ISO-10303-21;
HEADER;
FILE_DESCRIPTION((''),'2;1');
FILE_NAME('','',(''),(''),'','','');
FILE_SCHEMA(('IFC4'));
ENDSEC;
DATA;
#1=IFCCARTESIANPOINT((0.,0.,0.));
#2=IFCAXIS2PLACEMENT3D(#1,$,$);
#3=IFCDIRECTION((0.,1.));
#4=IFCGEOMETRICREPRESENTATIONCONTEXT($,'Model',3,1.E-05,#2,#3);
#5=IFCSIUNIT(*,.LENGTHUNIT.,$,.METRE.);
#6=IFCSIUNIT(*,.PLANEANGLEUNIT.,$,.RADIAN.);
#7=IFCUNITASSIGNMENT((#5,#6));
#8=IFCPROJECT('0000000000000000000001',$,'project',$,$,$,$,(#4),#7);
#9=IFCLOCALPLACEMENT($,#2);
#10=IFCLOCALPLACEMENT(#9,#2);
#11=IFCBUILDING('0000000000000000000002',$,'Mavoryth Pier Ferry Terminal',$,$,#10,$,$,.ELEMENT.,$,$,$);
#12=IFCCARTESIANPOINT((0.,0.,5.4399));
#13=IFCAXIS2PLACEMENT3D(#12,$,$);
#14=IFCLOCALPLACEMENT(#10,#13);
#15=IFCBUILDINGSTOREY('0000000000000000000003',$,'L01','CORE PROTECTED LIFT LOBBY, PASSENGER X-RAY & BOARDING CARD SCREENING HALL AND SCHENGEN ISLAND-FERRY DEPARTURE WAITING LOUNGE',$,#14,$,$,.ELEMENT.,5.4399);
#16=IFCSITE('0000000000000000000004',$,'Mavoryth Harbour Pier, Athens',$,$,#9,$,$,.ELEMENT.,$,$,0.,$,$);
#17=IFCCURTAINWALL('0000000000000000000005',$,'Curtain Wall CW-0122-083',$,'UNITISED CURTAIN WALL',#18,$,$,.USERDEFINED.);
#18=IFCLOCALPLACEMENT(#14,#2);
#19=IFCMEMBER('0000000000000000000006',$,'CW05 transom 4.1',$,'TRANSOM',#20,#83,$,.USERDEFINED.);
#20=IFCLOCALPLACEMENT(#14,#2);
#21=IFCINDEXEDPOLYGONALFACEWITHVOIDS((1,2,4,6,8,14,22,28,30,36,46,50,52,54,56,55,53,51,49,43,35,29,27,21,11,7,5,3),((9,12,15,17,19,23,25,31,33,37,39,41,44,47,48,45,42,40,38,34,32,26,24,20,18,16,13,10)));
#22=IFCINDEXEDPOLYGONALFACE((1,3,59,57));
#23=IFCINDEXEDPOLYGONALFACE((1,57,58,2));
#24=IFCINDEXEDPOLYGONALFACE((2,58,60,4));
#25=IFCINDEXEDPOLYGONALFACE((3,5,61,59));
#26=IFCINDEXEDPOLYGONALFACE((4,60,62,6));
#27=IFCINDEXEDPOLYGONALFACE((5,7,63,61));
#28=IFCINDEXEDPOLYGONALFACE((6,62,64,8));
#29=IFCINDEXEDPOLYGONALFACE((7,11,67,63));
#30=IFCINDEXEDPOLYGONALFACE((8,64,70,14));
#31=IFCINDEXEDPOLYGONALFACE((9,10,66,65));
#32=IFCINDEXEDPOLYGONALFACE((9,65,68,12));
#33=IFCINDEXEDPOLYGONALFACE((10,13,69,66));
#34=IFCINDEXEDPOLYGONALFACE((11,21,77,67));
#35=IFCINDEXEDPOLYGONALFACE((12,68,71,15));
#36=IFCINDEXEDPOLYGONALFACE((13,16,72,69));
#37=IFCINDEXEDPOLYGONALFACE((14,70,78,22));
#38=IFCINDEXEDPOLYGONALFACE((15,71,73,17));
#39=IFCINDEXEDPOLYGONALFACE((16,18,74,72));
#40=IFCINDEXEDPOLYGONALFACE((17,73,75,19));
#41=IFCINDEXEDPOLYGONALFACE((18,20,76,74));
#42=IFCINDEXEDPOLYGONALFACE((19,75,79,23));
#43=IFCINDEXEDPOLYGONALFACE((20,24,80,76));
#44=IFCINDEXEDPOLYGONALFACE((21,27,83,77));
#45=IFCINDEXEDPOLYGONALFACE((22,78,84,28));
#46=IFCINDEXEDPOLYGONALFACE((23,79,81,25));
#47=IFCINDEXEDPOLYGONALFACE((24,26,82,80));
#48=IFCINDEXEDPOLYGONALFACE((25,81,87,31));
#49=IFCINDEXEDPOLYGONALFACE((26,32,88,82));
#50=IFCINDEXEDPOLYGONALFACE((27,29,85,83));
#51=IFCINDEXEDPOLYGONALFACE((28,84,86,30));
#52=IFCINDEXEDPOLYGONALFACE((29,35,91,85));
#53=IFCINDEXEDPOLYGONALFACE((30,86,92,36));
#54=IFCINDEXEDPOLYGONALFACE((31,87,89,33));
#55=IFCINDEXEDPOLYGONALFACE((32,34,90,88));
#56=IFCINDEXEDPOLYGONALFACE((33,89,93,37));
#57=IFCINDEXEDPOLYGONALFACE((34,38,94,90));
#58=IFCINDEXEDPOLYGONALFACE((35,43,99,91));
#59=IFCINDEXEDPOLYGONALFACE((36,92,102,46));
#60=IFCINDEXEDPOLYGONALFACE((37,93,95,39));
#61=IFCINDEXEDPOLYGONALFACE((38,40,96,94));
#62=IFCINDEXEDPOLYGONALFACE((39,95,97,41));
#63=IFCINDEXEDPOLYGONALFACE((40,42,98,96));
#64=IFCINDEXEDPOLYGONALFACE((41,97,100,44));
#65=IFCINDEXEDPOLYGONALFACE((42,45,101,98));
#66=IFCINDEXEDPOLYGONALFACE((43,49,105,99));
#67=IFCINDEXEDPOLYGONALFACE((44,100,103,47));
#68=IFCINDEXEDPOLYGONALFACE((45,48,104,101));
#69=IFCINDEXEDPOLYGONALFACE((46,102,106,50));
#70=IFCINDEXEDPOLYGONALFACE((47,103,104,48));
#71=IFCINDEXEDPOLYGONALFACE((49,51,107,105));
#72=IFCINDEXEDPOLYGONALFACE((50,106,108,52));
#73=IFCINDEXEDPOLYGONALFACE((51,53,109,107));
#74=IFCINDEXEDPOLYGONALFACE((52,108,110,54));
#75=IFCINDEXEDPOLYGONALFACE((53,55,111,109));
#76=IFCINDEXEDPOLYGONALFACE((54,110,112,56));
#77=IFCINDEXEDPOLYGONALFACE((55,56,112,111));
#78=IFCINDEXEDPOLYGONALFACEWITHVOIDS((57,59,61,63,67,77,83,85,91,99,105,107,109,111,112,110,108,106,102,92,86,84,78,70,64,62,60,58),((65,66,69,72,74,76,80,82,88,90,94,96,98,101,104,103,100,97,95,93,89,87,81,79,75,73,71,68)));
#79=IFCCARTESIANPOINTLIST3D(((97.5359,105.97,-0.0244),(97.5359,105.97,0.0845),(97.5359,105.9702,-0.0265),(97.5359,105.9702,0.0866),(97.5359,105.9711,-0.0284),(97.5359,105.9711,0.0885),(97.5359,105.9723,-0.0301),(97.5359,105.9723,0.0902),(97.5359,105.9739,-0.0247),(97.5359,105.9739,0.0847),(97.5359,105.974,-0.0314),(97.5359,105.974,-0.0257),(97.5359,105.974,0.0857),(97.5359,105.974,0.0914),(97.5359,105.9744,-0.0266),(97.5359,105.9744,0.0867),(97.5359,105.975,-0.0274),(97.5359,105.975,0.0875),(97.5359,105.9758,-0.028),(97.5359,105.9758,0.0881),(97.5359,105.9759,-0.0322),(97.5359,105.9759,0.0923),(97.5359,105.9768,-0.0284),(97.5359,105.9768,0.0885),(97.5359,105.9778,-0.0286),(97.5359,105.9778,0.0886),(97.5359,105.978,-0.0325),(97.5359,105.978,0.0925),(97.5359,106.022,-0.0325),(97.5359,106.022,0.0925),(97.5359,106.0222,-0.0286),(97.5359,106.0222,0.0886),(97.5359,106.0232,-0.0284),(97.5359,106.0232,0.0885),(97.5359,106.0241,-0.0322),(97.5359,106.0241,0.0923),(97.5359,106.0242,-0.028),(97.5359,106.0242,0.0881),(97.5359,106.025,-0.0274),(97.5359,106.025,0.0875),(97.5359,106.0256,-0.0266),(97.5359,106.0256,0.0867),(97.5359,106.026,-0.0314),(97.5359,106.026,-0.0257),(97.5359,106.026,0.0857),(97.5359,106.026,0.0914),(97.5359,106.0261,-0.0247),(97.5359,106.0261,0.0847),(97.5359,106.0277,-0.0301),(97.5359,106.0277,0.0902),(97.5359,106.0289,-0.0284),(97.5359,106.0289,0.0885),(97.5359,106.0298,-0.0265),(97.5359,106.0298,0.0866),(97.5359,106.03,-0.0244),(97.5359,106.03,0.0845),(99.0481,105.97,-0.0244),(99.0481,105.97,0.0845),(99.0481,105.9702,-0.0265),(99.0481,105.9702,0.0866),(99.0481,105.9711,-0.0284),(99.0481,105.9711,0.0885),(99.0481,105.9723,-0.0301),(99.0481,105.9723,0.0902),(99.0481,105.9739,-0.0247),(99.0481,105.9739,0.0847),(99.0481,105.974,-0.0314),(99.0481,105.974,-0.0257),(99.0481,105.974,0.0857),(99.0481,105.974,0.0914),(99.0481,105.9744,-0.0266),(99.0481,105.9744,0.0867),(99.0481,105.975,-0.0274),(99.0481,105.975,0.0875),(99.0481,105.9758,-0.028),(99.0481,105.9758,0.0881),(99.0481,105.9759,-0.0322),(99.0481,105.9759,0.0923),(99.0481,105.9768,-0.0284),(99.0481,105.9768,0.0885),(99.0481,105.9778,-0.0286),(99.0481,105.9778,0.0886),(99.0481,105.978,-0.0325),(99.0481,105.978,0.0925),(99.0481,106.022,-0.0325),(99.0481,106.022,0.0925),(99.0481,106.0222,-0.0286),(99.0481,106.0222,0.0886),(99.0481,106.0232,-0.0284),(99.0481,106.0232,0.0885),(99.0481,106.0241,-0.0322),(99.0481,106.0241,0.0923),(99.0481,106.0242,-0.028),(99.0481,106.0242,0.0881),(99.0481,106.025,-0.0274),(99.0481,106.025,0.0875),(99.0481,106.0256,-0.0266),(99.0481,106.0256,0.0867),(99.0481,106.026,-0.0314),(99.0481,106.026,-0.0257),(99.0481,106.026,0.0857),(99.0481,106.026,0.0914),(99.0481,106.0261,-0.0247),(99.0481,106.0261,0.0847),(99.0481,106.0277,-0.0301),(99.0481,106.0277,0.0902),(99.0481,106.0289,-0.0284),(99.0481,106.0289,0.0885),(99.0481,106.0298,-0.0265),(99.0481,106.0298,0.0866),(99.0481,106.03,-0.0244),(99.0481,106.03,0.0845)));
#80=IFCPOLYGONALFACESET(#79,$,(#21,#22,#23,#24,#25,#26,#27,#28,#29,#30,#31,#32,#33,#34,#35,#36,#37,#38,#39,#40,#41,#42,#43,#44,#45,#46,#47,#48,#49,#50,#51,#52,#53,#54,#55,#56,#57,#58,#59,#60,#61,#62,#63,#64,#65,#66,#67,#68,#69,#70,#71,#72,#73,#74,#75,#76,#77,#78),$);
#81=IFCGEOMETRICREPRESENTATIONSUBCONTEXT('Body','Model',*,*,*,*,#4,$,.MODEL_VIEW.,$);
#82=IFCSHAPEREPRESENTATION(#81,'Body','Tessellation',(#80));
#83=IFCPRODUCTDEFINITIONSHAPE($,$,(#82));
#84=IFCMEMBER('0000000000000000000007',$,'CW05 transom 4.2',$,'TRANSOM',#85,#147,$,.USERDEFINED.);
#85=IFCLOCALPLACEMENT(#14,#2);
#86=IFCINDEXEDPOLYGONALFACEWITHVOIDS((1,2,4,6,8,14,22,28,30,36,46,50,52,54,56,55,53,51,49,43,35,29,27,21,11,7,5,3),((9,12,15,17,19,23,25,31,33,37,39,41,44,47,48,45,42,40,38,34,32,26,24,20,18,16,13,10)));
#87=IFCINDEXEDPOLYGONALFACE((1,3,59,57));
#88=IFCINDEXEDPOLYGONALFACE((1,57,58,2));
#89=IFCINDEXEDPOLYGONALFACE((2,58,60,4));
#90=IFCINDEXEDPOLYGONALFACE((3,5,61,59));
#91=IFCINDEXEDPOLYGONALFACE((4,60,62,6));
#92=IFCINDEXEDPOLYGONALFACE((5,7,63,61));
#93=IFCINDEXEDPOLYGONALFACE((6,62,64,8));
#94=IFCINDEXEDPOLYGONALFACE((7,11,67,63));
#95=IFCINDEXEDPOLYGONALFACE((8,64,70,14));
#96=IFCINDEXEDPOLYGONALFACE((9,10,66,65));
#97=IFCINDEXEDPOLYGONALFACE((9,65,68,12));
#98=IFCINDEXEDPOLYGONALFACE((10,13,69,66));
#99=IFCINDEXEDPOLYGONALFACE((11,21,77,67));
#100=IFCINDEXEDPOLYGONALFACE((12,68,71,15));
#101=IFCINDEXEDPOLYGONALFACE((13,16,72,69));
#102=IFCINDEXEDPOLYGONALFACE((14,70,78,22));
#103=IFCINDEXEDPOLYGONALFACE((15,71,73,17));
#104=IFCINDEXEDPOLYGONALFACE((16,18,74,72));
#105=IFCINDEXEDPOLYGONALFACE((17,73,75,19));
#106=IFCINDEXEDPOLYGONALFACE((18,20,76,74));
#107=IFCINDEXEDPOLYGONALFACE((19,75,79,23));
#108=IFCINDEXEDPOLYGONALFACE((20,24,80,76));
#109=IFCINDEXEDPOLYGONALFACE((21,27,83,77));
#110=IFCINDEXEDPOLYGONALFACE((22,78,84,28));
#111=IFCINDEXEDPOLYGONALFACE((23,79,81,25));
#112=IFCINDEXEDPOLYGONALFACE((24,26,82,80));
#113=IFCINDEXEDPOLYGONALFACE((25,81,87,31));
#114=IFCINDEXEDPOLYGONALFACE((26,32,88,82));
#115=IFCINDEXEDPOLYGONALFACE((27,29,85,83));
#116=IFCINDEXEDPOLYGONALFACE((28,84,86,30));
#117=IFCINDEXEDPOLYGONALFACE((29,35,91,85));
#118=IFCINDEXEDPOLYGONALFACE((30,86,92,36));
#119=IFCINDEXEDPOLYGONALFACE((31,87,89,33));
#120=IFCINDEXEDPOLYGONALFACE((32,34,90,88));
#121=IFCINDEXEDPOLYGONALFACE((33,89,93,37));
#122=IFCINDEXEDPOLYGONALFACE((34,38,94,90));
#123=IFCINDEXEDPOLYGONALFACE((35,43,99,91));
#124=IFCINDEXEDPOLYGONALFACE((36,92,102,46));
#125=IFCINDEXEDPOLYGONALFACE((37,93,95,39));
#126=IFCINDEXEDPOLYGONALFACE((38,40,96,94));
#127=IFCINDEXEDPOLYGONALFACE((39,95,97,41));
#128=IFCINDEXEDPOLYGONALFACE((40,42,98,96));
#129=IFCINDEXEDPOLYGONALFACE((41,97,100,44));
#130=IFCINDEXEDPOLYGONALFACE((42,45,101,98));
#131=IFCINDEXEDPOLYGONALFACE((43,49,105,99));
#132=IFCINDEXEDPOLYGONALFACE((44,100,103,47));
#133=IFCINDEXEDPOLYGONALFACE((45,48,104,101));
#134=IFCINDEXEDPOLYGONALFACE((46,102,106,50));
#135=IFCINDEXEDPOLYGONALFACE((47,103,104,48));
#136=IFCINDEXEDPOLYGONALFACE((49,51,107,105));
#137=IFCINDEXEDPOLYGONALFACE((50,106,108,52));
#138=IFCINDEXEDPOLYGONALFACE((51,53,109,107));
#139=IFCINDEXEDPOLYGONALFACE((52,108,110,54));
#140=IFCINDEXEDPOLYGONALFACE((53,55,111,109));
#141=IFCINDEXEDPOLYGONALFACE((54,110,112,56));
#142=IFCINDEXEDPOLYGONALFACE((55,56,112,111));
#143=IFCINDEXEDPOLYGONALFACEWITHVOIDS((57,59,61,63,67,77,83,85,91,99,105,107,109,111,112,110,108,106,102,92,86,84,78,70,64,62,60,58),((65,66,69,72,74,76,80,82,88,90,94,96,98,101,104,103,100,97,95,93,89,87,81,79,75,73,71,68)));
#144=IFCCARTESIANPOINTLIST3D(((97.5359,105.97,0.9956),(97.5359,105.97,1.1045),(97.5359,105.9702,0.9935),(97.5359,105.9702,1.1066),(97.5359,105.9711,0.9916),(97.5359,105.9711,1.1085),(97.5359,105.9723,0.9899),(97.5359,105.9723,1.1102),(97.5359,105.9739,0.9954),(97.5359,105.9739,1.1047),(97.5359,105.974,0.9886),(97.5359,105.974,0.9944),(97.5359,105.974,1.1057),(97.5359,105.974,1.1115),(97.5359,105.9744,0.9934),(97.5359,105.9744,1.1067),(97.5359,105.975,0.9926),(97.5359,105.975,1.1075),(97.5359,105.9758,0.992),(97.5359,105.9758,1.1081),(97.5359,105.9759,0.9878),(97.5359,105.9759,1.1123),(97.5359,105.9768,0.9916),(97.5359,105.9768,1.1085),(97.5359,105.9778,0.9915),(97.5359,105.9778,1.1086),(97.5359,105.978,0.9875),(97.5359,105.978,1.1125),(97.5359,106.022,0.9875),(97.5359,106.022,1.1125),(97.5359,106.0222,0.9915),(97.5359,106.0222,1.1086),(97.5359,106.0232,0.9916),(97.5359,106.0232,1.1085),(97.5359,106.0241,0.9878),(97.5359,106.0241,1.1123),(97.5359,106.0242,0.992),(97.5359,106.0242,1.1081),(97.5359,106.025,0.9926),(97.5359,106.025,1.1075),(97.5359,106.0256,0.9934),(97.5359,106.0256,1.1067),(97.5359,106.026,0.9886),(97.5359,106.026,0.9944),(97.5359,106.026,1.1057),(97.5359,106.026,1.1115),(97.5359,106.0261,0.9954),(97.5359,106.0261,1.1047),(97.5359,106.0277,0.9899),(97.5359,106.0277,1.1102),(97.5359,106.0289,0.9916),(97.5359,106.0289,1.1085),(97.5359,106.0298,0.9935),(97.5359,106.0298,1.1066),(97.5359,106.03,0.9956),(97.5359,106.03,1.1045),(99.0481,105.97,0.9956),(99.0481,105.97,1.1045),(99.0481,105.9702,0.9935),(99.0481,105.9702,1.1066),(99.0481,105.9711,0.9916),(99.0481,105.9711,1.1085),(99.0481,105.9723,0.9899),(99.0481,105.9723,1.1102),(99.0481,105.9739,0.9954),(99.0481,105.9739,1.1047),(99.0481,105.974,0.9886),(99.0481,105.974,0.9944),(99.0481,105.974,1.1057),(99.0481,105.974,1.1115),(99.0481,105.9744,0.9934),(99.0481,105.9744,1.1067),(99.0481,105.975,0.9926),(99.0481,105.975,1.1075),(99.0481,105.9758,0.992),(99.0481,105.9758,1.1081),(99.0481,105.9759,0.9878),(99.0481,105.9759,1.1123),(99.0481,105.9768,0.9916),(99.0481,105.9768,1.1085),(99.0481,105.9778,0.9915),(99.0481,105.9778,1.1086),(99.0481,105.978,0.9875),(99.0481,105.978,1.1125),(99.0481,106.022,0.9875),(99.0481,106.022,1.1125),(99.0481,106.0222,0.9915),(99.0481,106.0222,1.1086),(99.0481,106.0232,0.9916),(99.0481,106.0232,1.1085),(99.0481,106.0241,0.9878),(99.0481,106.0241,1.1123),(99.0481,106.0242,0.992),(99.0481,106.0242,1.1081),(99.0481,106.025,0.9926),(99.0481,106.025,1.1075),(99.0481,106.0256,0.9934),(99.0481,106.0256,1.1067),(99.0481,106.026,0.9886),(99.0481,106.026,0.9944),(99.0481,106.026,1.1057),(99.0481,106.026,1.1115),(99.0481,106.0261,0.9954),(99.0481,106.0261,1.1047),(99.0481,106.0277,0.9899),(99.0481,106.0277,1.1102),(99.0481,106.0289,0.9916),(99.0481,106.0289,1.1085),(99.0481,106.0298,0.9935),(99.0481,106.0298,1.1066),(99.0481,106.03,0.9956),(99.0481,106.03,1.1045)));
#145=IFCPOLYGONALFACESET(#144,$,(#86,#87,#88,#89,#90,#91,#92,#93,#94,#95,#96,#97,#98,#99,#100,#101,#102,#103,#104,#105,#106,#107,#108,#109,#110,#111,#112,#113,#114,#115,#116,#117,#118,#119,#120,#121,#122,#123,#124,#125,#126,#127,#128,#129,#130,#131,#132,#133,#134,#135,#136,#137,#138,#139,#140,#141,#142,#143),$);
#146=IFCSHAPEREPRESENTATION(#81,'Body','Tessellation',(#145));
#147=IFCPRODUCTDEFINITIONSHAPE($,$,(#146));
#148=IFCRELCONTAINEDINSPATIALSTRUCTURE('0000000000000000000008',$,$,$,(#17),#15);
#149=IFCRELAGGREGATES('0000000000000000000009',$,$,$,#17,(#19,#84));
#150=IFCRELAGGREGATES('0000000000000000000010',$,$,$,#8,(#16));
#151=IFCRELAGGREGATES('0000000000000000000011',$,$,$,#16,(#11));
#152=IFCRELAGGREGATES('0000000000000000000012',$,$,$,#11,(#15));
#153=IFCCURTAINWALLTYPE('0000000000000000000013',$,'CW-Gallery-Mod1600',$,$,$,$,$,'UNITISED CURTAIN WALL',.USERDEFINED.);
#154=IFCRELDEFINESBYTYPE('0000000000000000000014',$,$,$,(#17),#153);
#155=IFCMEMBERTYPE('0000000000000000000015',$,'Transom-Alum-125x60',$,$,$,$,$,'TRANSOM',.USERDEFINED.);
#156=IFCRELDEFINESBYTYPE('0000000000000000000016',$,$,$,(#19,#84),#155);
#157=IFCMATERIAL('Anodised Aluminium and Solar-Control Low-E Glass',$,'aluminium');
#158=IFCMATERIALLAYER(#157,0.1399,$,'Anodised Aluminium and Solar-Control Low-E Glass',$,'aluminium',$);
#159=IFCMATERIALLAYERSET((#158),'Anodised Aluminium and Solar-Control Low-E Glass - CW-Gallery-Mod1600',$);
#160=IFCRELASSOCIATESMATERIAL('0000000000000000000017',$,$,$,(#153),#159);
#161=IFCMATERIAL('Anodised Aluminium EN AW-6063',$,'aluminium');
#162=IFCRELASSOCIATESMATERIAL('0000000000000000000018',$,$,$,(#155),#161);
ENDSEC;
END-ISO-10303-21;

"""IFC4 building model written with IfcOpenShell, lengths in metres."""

from ifc_helpers import new_model, si_unit, direction, frame, origin, origin_2d, place, context, subcontext, project, spatial, hollow_rectangle, extrude, material, layer, layer_set, material_profile, profile_set, type_object, element, aggregate, save


model = new_model("IFC4")

# Units and contexts
model_context = context("Model", 3, precision=1e-05, world=origin(), true_north=direction((0.0, 1.0)))
body_context = subcontext(model_context, "Body", "Model", "MODEL_VIEW")
ifc_project = project(units=[si_unit("LENGTHUNIT", "METRE"), si_unit("PLANEANGLEUNIT", "RADIAN")], contexts=[model_context])

# Site, building, storey
site_placement = place(None, origin())
site = spatial("IfcSite", under=ifc_project, at=site_placement, Name="Mavoryth Harbour Pier, Athens", CompositionType="ELEMENT", RefElevation=0.0)
building_placement = place(site_placement, origin())
building = spatial("IfcBuilding", under=site, at=building_placement, Name="Mavoryth Pier Ferry Terminal", CompositionType="ELEMENT")
storey_placement = place(building_placement, frame((0.0, 0.0, 5.4399)))
storey = spatial("IfcBuildingStorey", under=building, at=storey_placement, Name="L01", Description="CORE PROTECTED LIFT LOBBY, PASSENGER X-RAY & BOARDING CARD SCREENING HALL AND SCHENGEN ISLAND-FERRY DEPARTURE WAITING LOUNGE", CompositionType="ELEMENT", Elevation=5.4399)

# Curtain wall
ifc_material_1 = material(Name="Anodised Aluminium and Solar-Control Low-E Glass", Category="aluminium")
ifc_layer_1 = layer(ifc_material_1, 0.1399, Name="Anodised Aluminium and Solar-Control Low-E Glass", Category="aluminium")
ifc_layer_set_1 = layer_set([ifc_layer_1], Name="Anodised Aluminium and Solar-Control Low-E Glass - CW-Gallery-Mod1600")
curtain_wall_type = type_object("IfcCurtainWallType", Name="CW-Gallery-Mod1600", ElementType="UNITISED CURTAIN WALL", PredefinedType="USERDEFINED", material=ifc_layer_set_1)
curtain_wall_1_placement = place(storey_placement, origin())
curtain_wall_1 = element("IfcCurtainWall", 1, at=curtain_wall_1_placement, inside=storey, type_object=curtain_wall_type, Name="Curtain Wall CW-0122-083", ObjectType="UNITISED CURTAIN WALL", PredefinedType="USERDEFINED")
ifc_material_2 = material(Name="Anodised Aluminium EN AW-6063", Category="aluminium")

# Members
ifc_material_profile_1 = material_profile(ifc_material_2, hollow_rectangle(XDim=0.0601, YDim=0.125, WallThickness=0.0039, InnerFilletRadius=0.0039, OuterFilletRadius=0.0081, at=origin_2d()), Name="AL-TRAN 125x60x4", Category="aluminium")
ifc_profile_set_1 = profile_set([ifc_material_profile_1], Name="Anodised Aluminium EN AW-6063 - AL-TRAN 125x60x4")
member_type_1 = type_object("IfcMemberType", Name="Transom-Alum-125x60", ElementType="TRANSOM", PredefinedType="USERDEFINED", material=ifc_profile_set_1)
member_1_placement = place(storey_placement, frame((97.5359, 106.0, 0.03), z_axis=(1.0, 0.0, 0.0), x_axis=(0.0, 1.0, 0.0)))
member_1 = element("IfcMember", 2, at=member_1_placement, type_object=member_type_1, Name="CW05 transom 4.1", ObjectType="TRANSOM", PredefinedType="USERDEFINED", context=body_context, shape_type="SweptSolid", body=[
    extrude(hollow_rectangle(XDim=0.0601, YDim=0.125, WallThickness=0.0039, InnerFilletRadius=0.0039, OuterFilletRadius=0.0081, at=origin_2d()), origin(), (0.0, 0.0, 1.0), 1.5122),
])
member_2_placement = place(storey_placement, frame((97.5359, 106.0, 1.05), z_axis=(1.0, 0.0, 0.0), x_axis=(0.0, 1.0, 0.0)))
member_2 = element("IfcMember", 3, at=member_2_placement, type_object=member_type_1, Name="CW05 transom 4.2", ObjectType="TRANSOM", PredefinedType="USERDEFINED", context=body_context, shape_type="SweptSolid", body=[
    extrude(hollow_rectangle(XDim=0.0601, YDim=0.125, WallThickness=0.0039, InnerFilletRadius=0.0039, OuterFilletRadius=0.0081, at=origin_2d()), origin(), (0.0, 0.0, 1.0), 1.5122),
])

aggregate(curtain_wall_1, [member_1, member_2])

save(model, "model.ifc")
